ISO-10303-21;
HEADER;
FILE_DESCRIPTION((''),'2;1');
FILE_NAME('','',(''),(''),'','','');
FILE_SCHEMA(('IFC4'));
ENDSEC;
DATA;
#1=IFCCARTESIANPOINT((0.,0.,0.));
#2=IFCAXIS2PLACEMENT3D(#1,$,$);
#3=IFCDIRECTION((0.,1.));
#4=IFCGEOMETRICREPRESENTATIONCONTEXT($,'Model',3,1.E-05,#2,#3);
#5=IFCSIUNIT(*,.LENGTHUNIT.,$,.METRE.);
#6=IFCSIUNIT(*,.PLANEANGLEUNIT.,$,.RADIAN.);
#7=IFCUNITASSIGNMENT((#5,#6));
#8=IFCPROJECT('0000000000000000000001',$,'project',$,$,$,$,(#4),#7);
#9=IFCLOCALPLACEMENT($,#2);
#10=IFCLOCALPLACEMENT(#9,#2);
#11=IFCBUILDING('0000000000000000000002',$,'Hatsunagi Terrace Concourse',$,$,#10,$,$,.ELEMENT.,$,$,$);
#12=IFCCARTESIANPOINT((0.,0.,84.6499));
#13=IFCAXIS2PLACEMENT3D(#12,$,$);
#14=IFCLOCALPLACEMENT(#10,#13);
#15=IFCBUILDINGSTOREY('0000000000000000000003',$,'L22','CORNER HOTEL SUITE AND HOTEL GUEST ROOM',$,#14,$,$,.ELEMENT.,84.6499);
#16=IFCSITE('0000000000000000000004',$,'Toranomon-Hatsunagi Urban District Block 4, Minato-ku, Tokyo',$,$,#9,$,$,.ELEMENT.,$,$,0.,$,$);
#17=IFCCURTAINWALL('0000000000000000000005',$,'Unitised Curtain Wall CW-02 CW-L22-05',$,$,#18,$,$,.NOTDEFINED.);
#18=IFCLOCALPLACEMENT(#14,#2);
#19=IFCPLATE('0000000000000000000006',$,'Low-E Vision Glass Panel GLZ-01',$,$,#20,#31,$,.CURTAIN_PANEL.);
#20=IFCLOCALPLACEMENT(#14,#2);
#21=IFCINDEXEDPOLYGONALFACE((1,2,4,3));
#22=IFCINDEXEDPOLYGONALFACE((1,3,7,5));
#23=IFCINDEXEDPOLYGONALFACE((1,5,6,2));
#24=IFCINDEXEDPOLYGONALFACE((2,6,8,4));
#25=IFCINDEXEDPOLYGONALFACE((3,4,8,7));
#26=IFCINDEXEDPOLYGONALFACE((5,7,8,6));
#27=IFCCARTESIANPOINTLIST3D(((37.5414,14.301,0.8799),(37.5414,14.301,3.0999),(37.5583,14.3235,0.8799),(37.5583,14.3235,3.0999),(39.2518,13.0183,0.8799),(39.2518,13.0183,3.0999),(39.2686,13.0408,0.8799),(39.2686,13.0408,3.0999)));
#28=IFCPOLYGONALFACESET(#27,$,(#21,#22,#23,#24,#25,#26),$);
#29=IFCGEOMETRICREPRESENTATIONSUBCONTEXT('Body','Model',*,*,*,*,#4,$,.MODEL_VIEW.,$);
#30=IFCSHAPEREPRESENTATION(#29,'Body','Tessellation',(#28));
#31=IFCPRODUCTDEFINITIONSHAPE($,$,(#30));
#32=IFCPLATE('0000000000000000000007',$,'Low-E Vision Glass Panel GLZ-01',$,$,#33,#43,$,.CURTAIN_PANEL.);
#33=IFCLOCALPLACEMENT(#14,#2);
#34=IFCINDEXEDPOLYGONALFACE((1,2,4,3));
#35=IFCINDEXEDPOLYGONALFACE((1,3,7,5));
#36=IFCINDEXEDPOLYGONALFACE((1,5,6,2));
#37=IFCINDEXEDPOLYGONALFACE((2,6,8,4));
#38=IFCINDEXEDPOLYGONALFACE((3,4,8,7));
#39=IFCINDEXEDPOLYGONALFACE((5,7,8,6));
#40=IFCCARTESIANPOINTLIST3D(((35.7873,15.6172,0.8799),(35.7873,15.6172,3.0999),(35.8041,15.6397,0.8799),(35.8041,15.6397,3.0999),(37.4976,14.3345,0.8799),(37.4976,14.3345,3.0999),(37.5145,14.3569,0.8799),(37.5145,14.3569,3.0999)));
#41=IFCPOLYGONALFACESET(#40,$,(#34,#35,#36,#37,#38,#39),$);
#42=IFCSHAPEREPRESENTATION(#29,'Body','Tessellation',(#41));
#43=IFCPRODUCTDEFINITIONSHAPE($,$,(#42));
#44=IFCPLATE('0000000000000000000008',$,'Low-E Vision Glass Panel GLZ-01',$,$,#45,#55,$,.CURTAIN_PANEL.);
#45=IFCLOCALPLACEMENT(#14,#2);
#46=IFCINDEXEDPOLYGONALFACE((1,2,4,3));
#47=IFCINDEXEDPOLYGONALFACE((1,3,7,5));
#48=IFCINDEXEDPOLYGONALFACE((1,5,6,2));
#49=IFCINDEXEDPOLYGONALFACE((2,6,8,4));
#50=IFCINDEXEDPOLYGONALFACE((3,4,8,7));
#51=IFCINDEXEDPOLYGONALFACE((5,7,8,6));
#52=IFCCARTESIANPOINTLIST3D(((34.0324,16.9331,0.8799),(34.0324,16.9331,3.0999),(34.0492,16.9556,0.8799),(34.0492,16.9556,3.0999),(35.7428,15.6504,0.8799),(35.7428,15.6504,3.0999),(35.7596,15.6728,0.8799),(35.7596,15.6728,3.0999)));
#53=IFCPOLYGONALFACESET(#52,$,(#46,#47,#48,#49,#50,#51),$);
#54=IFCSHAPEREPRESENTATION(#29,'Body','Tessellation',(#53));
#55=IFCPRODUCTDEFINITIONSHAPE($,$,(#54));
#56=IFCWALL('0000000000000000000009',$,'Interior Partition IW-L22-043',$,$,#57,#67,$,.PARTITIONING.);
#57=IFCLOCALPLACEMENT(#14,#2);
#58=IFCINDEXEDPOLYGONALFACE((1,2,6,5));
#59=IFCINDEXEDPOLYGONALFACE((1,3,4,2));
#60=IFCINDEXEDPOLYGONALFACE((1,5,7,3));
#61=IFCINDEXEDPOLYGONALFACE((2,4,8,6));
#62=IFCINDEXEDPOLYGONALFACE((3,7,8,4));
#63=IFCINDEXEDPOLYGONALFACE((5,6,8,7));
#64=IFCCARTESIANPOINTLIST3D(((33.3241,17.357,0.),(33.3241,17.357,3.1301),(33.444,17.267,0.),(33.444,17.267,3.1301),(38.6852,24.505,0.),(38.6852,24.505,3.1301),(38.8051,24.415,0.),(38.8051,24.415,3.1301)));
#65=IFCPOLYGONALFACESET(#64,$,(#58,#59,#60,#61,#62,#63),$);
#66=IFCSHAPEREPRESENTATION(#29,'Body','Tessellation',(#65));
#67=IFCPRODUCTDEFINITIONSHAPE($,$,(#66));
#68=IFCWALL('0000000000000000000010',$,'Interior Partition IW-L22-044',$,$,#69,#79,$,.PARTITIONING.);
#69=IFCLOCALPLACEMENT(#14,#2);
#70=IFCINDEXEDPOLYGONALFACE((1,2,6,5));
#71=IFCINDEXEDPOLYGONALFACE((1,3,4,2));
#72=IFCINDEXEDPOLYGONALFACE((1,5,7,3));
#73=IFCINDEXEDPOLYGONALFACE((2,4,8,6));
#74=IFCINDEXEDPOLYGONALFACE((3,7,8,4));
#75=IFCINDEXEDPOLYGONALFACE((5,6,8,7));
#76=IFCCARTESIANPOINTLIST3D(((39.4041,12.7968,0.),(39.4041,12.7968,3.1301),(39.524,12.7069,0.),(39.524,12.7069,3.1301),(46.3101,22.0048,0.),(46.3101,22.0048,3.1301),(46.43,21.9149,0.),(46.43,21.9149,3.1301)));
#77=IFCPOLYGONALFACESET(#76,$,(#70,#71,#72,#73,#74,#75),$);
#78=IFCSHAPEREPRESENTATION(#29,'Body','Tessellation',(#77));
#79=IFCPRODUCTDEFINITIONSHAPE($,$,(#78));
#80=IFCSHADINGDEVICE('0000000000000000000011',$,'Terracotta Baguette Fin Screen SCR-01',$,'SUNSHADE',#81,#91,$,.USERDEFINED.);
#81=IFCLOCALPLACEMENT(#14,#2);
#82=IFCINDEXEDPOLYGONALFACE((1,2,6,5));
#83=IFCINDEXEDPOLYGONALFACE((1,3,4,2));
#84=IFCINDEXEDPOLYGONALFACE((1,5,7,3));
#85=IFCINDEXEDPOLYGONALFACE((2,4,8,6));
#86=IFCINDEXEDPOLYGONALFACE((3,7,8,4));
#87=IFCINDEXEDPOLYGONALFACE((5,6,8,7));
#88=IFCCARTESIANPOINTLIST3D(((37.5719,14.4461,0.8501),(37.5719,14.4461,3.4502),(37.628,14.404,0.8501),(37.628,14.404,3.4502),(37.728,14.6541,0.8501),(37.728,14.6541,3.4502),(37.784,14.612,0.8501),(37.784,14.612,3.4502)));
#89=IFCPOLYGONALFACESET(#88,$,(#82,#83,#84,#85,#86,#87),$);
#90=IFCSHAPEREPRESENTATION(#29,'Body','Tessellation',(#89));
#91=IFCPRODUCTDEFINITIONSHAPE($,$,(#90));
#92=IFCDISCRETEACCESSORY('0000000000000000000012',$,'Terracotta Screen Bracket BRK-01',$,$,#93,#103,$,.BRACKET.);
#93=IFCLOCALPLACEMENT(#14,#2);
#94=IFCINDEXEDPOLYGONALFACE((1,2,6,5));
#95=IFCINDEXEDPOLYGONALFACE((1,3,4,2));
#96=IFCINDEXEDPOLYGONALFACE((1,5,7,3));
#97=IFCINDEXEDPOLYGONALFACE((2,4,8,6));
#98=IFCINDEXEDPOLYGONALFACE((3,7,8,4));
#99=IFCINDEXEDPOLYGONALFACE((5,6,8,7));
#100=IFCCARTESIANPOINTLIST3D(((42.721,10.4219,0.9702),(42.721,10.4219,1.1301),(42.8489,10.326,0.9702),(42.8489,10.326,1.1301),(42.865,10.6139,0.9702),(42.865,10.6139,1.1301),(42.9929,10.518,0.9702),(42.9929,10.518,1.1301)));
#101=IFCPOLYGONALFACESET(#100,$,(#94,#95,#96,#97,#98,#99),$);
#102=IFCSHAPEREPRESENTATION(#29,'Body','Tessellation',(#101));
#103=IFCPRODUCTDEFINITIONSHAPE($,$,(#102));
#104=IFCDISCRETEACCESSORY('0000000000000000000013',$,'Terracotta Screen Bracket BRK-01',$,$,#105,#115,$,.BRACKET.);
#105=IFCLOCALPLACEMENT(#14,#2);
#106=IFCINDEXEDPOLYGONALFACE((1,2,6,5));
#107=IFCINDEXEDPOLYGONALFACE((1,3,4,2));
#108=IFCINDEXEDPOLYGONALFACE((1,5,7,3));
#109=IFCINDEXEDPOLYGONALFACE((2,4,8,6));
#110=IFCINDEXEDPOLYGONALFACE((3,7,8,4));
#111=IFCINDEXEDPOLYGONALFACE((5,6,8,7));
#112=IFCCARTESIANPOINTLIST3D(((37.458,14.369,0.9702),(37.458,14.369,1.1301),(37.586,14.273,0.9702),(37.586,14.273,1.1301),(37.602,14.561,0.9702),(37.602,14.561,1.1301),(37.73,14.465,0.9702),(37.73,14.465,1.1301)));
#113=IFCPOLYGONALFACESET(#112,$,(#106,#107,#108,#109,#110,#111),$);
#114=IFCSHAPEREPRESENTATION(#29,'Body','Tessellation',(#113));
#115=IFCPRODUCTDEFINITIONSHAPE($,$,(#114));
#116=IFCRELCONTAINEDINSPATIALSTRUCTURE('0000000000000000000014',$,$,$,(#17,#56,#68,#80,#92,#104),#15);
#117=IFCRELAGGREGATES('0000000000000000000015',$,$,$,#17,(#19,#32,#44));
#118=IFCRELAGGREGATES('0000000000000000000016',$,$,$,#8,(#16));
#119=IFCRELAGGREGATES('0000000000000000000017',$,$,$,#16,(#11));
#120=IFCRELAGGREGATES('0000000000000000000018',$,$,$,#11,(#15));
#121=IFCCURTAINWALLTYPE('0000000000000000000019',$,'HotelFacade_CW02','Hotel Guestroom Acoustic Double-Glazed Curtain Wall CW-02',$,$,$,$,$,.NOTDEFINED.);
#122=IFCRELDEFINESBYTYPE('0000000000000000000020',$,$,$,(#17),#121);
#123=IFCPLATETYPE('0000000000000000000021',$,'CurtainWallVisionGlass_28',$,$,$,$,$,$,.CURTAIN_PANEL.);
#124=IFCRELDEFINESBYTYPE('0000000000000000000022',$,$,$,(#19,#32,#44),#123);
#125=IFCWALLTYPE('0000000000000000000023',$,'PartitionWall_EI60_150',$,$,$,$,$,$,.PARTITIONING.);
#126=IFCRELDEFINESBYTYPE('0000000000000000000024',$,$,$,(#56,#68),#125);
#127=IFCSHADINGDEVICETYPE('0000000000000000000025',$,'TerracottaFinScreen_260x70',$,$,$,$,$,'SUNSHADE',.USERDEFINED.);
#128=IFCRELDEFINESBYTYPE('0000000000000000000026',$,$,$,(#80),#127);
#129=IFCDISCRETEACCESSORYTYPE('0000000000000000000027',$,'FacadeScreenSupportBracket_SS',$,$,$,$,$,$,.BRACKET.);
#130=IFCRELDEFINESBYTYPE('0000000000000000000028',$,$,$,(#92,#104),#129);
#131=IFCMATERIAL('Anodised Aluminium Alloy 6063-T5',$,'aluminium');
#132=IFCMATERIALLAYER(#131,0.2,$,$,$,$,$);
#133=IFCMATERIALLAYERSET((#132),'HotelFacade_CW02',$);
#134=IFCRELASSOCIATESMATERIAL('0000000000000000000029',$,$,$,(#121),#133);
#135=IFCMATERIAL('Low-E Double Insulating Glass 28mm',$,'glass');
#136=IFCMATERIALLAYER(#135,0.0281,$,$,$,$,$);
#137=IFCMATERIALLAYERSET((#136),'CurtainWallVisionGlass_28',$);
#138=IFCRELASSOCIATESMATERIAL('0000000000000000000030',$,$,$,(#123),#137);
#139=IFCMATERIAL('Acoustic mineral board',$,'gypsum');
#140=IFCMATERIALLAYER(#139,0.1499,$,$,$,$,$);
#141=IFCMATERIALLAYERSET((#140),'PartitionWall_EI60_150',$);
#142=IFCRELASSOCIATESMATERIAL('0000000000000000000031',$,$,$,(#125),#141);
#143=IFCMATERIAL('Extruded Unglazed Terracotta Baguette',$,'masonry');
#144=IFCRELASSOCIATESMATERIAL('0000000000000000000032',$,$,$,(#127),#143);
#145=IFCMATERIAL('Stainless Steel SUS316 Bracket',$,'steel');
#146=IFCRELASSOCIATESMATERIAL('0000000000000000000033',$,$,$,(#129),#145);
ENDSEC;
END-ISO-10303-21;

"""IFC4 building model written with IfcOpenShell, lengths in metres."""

from ifc_helpers import new_model, si_unit, direction, frame, frame_2d, origin, origin_2d, place, context, subcontext, project, spatial, rectangle, extrude, material, layer, layer_set, type_object, element, aggregate, save


model = new_model("IFC4")

# Units and contexts
model_context = context("Model", 3, precision=1e-05, world=origin(), true_north=direction((0.0, 1.0)))
body_context = subcontext(model_context, "Body", "Model", "MODEL_VIEW")
ifc_project = project(units=[si_unit("LENGTHUNIT", "METRE"), si_unit("PLANEANGLEUNIT", "RADIAN")], contexts=[model_context])

# Site, building, storey
site_placement = place(None, origin())
site = spatial("IfcSite", under=ifc_project, at=site_placement, Name="Toranomon-Hatsunagi Urban District Block 4, Minato-ku, Tokyo", CompositionType="ELEMENT", RefElevation=0.0)
building_placement = place(site_placement, origin())
building = spatial("IfcBuilding", under=site, at=building_placement, Name="Hatsunagi Terrace Concourse", CompositionType="ELEMENT")
storey_placement = place(building_placement, frame((0.0, 0.0, 84.6499)))
storey = spatial("IfcBuildingStorey", under=building, at=storey_placement, Name="L22", Description="CORNER HOTEL SUITE AND HOTEL GUEST ROOM", CompositionType="ELEMENT", Elevation=84.6499)

# Curtain wall
ifc_material_1 = material(Name="Anodised Aluminium Alloy 6063-T5", Category="aluminium")
ifc_layer_1 = layer(ifc_material_1, 0.2)
ifc_layer_set_1 = layer_set([ifc_layer_1], Name="HotelFacade_CW02")
curtain_wall_type = type_object("IfcCurtainWallType", Name="HotelFacade_CW02", Description="Hotel Guestroom Acoustic Double-Glazed Curtain Wall CW-02", PredefinedType="NOTDEFINED", material=ifc_layer_set_1)
curtain_wall_placement = place(storey_placement, origin())
curtain_wall = element("IfcCurtainWall", 1, at=curtain_wall_placement, inside=storey, type_object=curtain_wall_type, Name="Unitised Curtain Wall CW-02 CW-L22-05", PredefinedType="NOTDEFINED")

# Plates
ifc_material_2 = material(Name="Low-E Double Insulating Glass 28mm", Category="glass")
ifc_layer_2 = layer(ifc_material_2, 0.0281)
ifc_layer_set_2 = layer_set([ifc_layer_2], Name="CurtainWallVisionGlass_28")
plate_type_1 = type_object("IfcPlateType", Name="CurtainWallVisionGlass_28", PredefinedType="CURTAIN_PANEL", material=ifc_layer_set_2)
plate_1_placement = place(storey_placement, frame((38.405, 13.6709, 0.8799), z_axis=(0.0, 0.0, 1.0), x_axis=(-0.800003, 0.599996, 0.0)))
plate_1 = element("IfcPlate", 2, at=plate_1_placement, type_object=plate_type_1, Name="Low-E Vision Glass Panel GLZ-01", PredefinedType="CURTAIN_PANEL", context=body_context, shape_type="SweptSolid", body=[
    extrude(rectangle(XDim=2.1379, YDim=0.0281, at=origin_2d()), origin(), (0.0, 0.0, 1.0), 2.22),
])
plate_2_placement = place(storey_placement, frame((36.6509, 14.9871, 0.8799), z_axis=(0.0, 0.0, 1.0), x_axis=(-0.800003, 0.599996, 0.0)))
plate_2 = element("IfcPlate", 3, at=plate_2_placement, type_object=plate_type_1, Name="Low-E Vision Glass Panel GLZ-01", PredefinedType="CURTAIN_PANEL", context=body_context, shape_type="SweptSolid", body=[
    extrude(rectangle(XDim=2.1379, YDim=0.0281, at=origin_2d()), origin(), (0.0, 0.0, 1.0), 2.22),
])
plate_3_placement = place(storey_placement, frame((34.896, 16.303, 0.8799), z_axis=(0.0, 0.0, 1.0), x_axis=(-0.800003, 0.599996, 0.0)))
plate_3 = element("IfcPlate", 4, at=plate_3_placement, type_object=plate_type_1, Name="Low-E Vision Glass Panel GLZ-01", PredefinedType="CURTAIN_PANEL", context=body_context, shape_type="SweptSolid", body=[
    extrude(rectangle(XDim=2.1379, YDim=0.0281, at=origin_2d()), origin(), (0.0, 0.0, 1.0), 2.22),
])
aggregate(curtain_wall, [plate_1, plate_2, plate_3])

# Walls
ifc_material_3 = material(Name="Acoustic mineral board", Category="gypsum")
ifc_layer_3 = layer(ifc_material_3, 0.1499)
ifc_layer_set_3 = layer_set([ifc_layer_3], Name="PartitionWall_EI60_150")
wall_type = type_object("IfcWallType", Name="PartitionWall_EI60_150", PredefinedType="PARTITIONING", material=ifc_layer_set_3)
wall_1_placement = place(storey_placement, frame((33.384, 17.312, 0.0), z_axis=(0.0, 0.0, 1.0), x_axis=(0.600009, 0.799993, 0.0)))
element("IfcWall", 5, at=wall_1_placement, inside=storey, type_object=wall_type, Name="Interior Partition IW-L22-043", PredefinedType="PARTITIONING", context=body_context, shape_type="SweptSolid", body=[
    extrude(rectangle(XDim=8.9351, YDim=0.1499, at=frame_2d((4.4675, 0.0))), origin(), (0.0, 0.0, 1.0), 3.1301),
])
wall_2_placement = place(storey_placement, frame((39.4641, 12.752, 0.0), z_axis=(0.0, 0.0, 1.0), x_axis=(0.6, 0.8, 0.0)))
element("IfcWall", 6, at=wall_2_placement, inside=storey, type_object=wall_type, Name="Interior Partition IW-L22-044", PredefinedType="PARTITIONING", context=body_context, shape_type="SweptSolid", body=[
    extrude(rectangle(XDim=11.51, YDim=0.1499, at=frame_2d((5.7549, 0.0))), origin(), (0.0, 0.0, 1.0), 3.1301),
])

# Shading device
ifc_material_4 = material(Name="Extruded Unglazed Terracotta Baguette", Category="masonry")
shading_device_type = type_object("IfcShadingDeviceType", Name="TerracottaFinScreen_260x70", ElementType="SUNSHADE", PredefinedType="USERDEFINED", material=ifc_material_4)
shading_device_placement = place(storey_placement, frame((37.678, 14.5291, 0.8501), z_axis=(0.0, 0.0, 1.0), x_axis=(-0.800003, 0.599996, 0.0)))
element("IfcShadingDevice", 7, at=shading_device_placement, inside=storey, type_object=shading_device_type, Name="Terracotta Baguette Fin Screen SCR-01", ObjectType="SUNSHADE", PredefinedType="USERDEFINED", context=body_context, shape_type="SweptSolid", body=[
    extrude(rectangle(XDim=0.0701, YDim=0.26, at=origin_2d()), origin(), (0.0, 0.0, 1.0), 2.6001),
])

# Discrete accessories
ifc_material_5 = material(Name="Stainless Steel SUS316 Bracket", Category="steel")
discrete_accessory_type = type_object("IfcDiscreteAccessoryType", Name="FacadeScreenSupportBracket_SS", PredefinedType="BRACKET", material=ifc_material_5)
for number, where, z_axis, x_axis, name in (
    (8, (42.8569, 10.47, 0.9702), (0.0, 0.0, 1.0), (-0.800003, 0.599996, 0.0), "Terracotta Screen Bracket BRK-01"),
    (9, (37.594, 14.417, 0.9702), (0.0, 0.0, 1.0), (-0.800003, 0.599996, 0.0), "Terracotta Screen Bracket BRK-01"),
):
    element("IfcDiscreteAccessory", number, at=place(storey_placement, frame(where, z_axis=z_axis, x_axis=x_axis)), inside=storey, type_object=discrete_accessory_type, Name=name, PredefinedType="BRACKET", context=body_context, shape_type="SweptSolid", body=[
        extrude(rectangle(XDim=0.1599, YDim=0.24, at=origin_2d()), origin(), (0.0, 0.0, 1.0), 0.1599),
    ])

save(model, "model.ifc")
